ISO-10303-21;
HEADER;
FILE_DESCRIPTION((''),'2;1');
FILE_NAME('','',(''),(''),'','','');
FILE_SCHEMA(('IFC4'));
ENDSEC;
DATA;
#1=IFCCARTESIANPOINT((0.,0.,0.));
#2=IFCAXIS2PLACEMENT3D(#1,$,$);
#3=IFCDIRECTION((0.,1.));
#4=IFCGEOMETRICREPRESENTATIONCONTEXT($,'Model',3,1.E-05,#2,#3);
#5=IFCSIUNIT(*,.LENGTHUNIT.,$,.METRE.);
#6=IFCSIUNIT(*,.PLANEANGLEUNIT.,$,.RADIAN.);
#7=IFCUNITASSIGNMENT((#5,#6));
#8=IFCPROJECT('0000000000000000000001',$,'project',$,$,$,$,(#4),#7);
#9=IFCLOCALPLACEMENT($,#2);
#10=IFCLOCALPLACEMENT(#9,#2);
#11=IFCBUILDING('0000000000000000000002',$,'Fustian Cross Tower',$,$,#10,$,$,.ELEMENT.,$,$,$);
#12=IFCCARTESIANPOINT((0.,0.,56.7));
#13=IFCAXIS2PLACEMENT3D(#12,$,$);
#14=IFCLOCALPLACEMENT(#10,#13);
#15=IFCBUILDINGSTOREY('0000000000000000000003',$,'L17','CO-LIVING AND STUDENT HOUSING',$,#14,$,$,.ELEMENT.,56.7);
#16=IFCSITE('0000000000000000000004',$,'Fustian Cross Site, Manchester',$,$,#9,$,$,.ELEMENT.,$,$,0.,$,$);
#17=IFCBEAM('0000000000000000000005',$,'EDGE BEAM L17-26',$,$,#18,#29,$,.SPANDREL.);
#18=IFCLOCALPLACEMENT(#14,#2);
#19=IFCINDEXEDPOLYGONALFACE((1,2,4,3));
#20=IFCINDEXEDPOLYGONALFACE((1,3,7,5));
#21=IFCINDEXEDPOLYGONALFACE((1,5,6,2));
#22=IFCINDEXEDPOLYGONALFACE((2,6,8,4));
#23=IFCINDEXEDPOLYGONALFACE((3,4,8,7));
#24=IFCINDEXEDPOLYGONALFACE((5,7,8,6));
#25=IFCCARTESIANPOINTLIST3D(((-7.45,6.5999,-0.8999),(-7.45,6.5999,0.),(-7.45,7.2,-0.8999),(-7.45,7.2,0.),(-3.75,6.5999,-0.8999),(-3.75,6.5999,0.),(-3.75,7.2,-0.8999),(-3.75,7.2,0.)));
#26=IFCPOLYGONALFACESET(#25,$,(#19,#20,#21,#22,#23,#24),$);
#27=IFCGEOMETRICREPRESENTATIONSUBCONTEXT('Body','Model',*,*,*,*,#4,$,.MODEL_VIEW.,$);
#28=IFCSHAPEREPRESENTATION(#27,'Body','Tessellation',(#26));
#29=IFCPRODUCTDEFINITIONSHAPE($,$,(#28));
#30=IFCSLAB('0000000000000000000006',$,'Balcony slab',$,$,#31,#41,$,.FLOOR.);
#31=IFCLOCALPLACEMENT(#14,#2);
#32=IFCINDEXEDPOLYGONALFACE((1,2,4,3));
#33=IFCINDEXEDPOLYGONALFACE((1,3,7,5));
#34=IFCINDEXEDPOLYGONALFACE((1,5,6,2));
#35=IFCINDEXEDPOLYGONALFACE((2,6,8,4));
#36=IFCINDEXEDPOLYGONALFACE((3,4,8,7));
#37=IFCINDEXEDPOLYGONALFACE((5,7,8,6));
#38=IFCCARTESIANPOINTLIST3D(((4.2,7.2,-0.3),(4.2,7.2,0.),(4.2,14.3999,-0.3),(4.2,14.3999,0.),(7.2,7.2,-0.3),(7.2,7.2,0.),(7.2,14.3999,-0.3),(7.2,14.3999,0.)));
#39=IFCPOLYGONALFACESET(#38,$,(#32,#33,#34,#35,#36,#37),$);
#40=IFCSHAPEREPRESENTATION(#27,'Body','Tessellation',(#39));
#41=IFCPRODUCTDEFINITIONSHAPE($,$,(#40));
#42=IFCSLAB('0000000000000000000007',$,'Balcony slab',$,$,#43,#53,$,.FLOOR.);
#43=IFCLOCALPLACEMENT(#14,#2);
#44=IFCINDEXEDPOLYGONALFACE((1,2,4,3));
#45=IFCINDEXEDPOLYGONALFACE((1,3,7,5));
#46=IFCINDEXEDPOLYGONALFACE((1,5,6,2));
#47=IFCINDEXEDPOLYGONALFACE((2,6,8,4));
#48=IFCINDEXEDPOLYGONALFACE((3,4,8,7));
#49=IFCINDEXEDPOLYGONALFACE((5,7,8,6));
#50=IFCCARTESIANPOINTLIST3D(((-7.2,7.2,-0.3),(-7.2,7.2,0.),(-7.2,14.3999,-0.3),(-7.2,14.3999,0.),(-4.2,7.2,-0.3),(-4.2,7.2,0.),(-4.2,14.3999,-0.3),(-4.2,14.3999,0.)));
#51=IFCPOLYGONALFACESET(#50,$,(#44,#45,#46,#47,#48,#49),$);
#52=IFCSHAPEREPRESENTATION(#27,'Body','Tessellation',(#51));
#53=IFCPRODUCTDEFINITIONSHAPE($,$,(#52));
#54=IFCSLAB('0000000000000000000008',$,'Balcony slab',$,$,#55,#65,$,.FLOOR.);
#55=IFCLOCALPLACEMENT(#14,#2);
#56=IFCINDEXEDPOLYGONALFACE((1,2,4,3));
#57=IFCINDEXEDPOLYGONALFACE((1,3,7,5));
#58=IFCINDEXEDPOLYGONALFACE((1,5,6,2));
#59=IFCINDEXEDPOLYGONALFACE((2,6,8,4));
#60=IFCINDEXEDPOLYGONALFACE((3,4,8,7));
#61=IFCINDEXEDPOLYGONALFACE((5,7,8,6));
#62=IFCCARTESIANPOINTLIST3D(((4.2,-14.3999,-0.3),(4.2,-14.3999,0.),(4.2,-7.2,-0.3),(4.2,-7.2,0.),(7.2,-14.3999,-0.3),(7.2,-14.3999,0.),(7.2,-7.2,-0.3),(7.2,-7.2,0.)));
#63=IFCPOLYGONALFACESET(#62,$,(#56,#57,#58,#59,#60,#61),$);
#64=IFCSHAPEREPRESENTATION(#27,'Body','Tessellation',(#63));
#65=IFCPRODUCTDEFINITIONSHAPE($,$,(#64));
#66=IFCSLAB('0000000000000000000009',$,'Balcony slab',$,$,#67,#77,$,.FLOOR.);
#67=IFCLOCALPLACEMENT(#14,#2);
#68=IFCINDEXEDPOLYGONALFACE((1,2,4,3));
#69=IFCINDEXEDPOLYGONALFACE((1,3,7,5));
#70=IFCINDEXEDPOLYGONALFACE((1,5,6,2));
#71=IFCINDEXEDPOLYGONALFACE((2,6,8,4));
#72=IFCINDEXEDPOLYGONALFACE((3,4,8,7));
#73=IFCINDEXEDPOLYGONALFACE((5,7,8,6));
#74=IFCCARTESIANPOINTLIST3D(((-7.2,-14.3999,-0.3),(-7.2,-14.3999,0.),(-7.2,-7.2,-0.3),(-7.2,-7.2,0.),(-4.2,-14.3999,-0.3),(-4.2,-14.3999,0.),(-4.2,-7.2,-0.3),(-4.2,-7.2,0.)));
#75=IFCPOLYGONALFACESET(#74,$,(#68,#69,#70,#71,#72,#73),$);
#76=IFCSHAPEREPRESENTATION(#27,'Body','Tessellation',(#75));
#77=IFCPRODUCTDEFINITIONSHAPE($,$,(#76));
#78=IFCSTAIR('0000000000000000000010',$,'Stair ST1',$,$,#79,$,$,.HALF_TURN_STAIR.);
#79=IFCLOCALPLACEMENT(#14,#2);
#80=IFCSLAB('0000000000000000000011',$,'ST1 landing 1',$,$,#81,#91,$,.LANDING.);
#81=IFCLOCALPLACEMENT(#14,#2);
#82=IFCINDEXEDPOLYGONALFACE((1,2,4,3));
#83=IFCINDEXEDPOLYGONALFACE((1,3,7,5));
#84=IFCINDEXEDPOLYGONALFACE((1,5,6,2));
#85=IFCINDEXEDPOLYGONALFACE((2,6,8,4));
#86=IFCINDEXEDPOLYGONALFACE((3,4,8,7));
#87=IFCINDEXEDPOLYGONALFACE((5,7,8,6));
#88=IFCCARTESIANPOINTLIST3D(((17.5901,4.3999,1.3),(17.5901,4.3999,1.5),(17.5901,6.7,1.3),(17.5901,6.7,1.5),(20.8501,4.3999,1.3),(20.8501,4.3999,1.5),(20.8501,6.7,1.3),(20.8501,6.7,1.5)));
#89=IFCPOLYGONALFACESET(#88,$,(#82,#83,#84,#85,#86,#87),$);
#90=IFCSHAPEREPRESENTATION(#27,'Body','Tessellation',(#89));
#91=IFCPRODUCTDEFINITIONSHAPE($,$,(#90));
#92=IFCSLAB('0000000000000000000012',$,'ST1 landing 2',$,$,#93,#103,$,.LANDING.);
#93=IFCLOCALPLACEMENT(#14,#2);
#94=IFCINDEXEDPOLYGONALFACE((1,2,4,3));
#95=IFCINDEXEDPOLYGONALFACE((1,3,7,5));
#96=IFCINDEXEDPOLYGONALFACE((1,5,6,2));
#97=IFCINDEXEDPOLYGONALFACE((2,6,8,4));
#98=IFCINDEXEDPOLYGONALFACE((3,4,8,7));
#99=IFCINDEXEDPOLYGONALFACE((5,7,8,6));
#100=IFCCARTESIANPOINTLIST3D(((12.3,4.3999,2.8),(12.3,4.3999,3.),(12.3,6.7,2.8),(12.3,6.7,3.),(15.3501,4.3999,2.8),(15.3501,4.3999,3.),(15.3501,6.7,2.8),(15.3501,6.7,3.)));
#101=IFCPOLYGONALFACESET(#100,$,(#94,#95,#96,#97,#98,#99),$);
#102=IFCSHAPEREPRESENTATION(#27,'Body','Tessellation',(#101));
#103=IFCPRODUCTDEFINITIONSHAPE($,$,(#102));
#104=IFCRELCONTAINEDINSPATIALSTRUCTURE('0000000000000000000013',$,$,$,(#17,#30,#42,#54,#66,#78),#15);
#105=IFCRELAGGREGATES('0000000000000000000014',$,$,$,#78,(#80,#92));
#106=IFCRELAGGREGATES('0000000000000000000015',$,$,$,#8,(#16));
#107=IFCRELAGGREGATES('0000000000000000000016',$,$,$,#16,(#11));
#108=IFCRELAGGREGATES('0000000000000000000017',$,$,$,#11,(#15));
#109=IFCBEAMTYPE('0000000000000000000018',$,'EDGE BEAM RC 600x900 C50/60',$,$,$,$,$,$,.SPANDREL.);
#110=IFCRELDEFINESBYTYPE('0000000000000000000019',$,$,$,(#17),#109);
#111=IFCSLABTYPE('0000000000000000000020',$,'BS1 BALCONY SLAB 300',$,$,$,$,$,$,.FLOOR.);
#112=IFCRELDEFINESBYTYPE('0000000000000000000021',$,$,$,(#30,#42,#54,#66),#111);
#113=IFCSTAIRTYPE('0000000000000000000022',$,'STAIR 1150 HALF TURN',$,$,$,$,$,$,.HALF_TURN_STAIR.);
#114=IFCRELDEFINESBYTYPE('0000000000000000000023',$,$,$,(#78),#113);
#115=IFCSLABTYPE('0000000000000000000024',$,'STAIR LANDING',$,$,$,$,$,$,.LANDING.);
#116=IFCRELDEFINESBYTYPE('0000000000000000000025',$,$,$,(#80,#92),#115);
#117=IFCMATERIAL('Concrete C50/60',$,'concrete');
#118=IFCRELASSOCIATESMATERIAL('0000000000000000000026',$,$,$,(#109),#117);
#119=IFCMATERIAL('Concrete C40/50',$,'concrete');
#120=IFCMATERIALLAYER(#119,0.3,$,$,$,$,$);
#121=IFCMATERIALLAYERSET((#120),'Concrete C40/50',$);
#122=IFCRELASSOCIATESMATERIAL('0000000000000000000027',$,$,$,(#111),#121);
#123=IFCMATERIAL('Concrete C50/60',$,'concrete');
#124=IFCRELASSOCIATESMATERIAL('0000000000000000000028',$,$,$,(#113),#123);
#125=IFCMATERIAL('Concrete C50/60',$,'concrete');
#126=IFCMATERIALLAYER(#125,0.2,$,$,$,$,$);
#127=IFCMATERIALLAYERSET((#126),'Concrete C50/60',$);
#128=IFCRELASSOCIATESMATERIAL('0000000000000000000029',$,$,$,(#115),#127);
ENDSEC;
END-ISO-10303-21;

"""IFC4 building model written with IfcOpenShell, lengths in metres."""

from ifc_helpers import new_model, si_unit, direction, frame, origin, origin_2d, place, context, subcontext, project, spatial, polyline, rectangle, outline, extrude, material, layer, layer_set, material_profile, profile_set, type_object, element, aggregate, save


model = new_model("IFC4")

# Units and contexts
model_context = context("Model", 3, precision=1e-05, world=origin(), true_north=direction((0.0, 1.0)))
body_context = subcontext(model_context, "Body", "Model", "MODEL_VIEW")
ifc_project = project(units=[si_unit("LENGTHUNIT", "METRE"), si_unit("PLANEANGLEUNIT", "RADIAN")], contexts=[model_context])

# Site, building, storey
site_placement = place(None, origin())
site = spatial("IfcSite", under=ifc_project, at=site_placement, Name="Fustian Cross Site, Manchester", CompositionType="ELEMENT", RefElevation=0.0)
building_placement = place(site_placement, origin())
building = spatial("IfcBuilding", under=site, at=building_placement, Name="Fustian Cross Tower", CompositionType="ELEMENT")
storey_placement = place(building_placement, frame((0.0, 0.0, 56.7)))
storey = spatial("IfcBuildingStorey", under=building, at=storey_placement, Name="L17", Description="CO-LIVING AND STUDENT HOUSING", CompositionType="ELEMENT", Elevation=56.7)

# Beam
ifc_material_1 = material(Name="Concrete C50/60", Category="concrete")
ifc_material_profile = material_profile(ifc_material_1, rectangle(XDim=0.6001, YDim=0.8999, at=origin_2d()), Name="RC 600x900")
ifc_profile_set = profile_set([ifc_material_profile], Name="Concrete C50/60")
beam_type = type_object("IfcBeamType", Name="EDGE BEAM RC 600x900 C50/60", PredefinedType="SPANDREL", material=ifc_profile_set)
beam_placement = place(storey_placement, frame((-3.75, 6.8999, -0.45), z_axis=(-1.0, 0.0, 0.0), x_axis=(0.0, -1.0, 0.0)))
element("IfcBeam", 1, at=beam_placement, inside=storey, type_object=beam_type, Name="EDGE BEAM L17-26", PredefinedType="SPANDREL", context=body_context, shape_type="SweptSolid", body=[
    extrude(rectangle(XDim=0.6001, YDim=0.8999, at=origin_2d()), origin(), (0.0, 0.0, 1.0), 3.7),
])

# Slabs
ifc_material_2 = material(Name="Concrete C40/50", Category="concrete")
ifc_layer_1 = layer(ifc_material_2, 0.3)
ifc_layer_set_1 = layer_set([ifc_layer_1], Name="Concrete C40/50")
slab_type_1 = type_object("IfcSlabType", Name="BS1 BALCONY SLAB 300", PredefinedType="FLOOR", material=ifc_layer_set_1)
slab_1_placement = place(storey_placement, frame((0.0, 0.0, -0.3)))
element("IfcSlab", 2, at=slab_1_placement, inside=storey, type_object=slab_type_1, Name="Balcony slab", PredefinedType="FLOOR", context=body_context, shape_type="SweptSolid", body=[
    extrude(outline(polyline([(4.2, 7.2), (7.2, 7.2), (7.2, 14.3999), (4.2, 14.3999), (4.2, 7.2)])), origin(), (0.0, 0.0, 1.0), 0.3),
])
slab_2_placement = place(storey_placement, frame((0.0, 0.0, -0.3)))
element("IfcSlab", 3, at=slab_2_placement, inside=storey, type_object=slab_type_1, Name="Balcony slab", PredefinedType="FLOOR", context=body_context, shape_type="SweptSolid", body=[
    extrude(outline(polyline([(-7.2, 7.2), (-4.2, 7.2), (-4.2, 14.3999), (-7.2, 14.3999), (-7.2, 7.2)])), origin(), (0.0, 0.0, 1.0), 0.3),
])
slab_3_placement = place(storey_placement, frame((0.0, 0.0, -0.3)))
element("IfcSlab", 4, at=slab_3_placement, inside=storey, type_object=slab_type_1, Name="Balcony slab", PredefinedType="FLOOR", context=body_context, shape_type="SweptSolid", body=[
    extrude(outline(polyline([(4.2, -14.3999), (7.2, -14.3999), (7.2, -7.2), (4.2, -7.2), (4.2, -14.3999)])), origin(), (0.0, 0.0, 1.0), 0.3),
])
slab_4_placement = place(storey_placement, frame((0.0, 0.0, -0.3)))
element("IfcSlab", 5, at=slab_4_placement, inside=storey, type_object=slab_type_1, Name="Balcony slab", PredefinedType="FLOOR", context=body_context, shape_type="SweptSolid", body=[
    extrude(outline(polyline([(-7.2, -14.3999), (-4.2, -14.3999), (-4.2, -7.2), (-7.2, -7.2), (-7.2, -14.3999)])), origin(), (0.0, 0.0, 1.0), 0.3),
])

# Stair, slabs
ifc_material_3 = material(Name="Concrete C50/60", Category="concrete")
stair_type = type_object("IfcStairType", Name="STAIR 1150 HALF TURN", PredefinedType="HALF_TURN_STAIR", material=ifc_material_3)
stair_placement = place(storey_placement, origin())
stair = element("IfcStair", 6, at=stair_placement, inside=storey, type_object=stair_type, Name="Stair ST1", PredefinedType="HALF_TURN_STAIR")
ifc_material_4 = material(Name="Concrete C50/60", Category="concrete")
ifc_layer_2 = layer(ifc_material_4, 0.2)
ifc_layer_set_2 = layer_set([ifc_layer_2], Name="Concrete C50/60")
slab_type_2 = type_object("IfcSlabType", Name="STAIR LANDING", PredefinedType="LANDING", material=ifc_layer_set_2)
slab_5_placement = place(storey_placement, frame((0.0, 0.0, 1.3)))
slab_5 = element("IfcSlab", 7, at=slab_5_placement, type_object=slab_type_2, Name="ST1 landing 1", PredefinedType="LANDING", context=body_context, shape_type="SweptSolid", body=[
    extrude(outline(polyline([(17.5901, 4.3999), (20.8501, 4.3999), (20.8501, 6.7), (17.5901, 6.7), (17.5901, 4.3999)])), origin(), (0.0, 0.0, 1.0), 0.2),
])
slab_6_placement = place(storey_placement, frame((0.0, 0.0, 2.8)))
slab_6 = element("IfcSlab", 8, at=slab_6_placement, type_object=slab_type_2, Name="ST1 landing 2", PredefinedType="LANDING", context=body_context, shape_type="SweptSolid", body=[
    extrude(outline(polyline([(12.3, 4.3999), (15.3501, 4.3999), (15.3501, 6.7), (12.3, 6.7), (12.3, 4.3999)])), origin(), (0.0, 0.0, 1.0), 0.2),
])
aggregate(stair, [slab_5, slab_6])

save(model, "model.ifc")
